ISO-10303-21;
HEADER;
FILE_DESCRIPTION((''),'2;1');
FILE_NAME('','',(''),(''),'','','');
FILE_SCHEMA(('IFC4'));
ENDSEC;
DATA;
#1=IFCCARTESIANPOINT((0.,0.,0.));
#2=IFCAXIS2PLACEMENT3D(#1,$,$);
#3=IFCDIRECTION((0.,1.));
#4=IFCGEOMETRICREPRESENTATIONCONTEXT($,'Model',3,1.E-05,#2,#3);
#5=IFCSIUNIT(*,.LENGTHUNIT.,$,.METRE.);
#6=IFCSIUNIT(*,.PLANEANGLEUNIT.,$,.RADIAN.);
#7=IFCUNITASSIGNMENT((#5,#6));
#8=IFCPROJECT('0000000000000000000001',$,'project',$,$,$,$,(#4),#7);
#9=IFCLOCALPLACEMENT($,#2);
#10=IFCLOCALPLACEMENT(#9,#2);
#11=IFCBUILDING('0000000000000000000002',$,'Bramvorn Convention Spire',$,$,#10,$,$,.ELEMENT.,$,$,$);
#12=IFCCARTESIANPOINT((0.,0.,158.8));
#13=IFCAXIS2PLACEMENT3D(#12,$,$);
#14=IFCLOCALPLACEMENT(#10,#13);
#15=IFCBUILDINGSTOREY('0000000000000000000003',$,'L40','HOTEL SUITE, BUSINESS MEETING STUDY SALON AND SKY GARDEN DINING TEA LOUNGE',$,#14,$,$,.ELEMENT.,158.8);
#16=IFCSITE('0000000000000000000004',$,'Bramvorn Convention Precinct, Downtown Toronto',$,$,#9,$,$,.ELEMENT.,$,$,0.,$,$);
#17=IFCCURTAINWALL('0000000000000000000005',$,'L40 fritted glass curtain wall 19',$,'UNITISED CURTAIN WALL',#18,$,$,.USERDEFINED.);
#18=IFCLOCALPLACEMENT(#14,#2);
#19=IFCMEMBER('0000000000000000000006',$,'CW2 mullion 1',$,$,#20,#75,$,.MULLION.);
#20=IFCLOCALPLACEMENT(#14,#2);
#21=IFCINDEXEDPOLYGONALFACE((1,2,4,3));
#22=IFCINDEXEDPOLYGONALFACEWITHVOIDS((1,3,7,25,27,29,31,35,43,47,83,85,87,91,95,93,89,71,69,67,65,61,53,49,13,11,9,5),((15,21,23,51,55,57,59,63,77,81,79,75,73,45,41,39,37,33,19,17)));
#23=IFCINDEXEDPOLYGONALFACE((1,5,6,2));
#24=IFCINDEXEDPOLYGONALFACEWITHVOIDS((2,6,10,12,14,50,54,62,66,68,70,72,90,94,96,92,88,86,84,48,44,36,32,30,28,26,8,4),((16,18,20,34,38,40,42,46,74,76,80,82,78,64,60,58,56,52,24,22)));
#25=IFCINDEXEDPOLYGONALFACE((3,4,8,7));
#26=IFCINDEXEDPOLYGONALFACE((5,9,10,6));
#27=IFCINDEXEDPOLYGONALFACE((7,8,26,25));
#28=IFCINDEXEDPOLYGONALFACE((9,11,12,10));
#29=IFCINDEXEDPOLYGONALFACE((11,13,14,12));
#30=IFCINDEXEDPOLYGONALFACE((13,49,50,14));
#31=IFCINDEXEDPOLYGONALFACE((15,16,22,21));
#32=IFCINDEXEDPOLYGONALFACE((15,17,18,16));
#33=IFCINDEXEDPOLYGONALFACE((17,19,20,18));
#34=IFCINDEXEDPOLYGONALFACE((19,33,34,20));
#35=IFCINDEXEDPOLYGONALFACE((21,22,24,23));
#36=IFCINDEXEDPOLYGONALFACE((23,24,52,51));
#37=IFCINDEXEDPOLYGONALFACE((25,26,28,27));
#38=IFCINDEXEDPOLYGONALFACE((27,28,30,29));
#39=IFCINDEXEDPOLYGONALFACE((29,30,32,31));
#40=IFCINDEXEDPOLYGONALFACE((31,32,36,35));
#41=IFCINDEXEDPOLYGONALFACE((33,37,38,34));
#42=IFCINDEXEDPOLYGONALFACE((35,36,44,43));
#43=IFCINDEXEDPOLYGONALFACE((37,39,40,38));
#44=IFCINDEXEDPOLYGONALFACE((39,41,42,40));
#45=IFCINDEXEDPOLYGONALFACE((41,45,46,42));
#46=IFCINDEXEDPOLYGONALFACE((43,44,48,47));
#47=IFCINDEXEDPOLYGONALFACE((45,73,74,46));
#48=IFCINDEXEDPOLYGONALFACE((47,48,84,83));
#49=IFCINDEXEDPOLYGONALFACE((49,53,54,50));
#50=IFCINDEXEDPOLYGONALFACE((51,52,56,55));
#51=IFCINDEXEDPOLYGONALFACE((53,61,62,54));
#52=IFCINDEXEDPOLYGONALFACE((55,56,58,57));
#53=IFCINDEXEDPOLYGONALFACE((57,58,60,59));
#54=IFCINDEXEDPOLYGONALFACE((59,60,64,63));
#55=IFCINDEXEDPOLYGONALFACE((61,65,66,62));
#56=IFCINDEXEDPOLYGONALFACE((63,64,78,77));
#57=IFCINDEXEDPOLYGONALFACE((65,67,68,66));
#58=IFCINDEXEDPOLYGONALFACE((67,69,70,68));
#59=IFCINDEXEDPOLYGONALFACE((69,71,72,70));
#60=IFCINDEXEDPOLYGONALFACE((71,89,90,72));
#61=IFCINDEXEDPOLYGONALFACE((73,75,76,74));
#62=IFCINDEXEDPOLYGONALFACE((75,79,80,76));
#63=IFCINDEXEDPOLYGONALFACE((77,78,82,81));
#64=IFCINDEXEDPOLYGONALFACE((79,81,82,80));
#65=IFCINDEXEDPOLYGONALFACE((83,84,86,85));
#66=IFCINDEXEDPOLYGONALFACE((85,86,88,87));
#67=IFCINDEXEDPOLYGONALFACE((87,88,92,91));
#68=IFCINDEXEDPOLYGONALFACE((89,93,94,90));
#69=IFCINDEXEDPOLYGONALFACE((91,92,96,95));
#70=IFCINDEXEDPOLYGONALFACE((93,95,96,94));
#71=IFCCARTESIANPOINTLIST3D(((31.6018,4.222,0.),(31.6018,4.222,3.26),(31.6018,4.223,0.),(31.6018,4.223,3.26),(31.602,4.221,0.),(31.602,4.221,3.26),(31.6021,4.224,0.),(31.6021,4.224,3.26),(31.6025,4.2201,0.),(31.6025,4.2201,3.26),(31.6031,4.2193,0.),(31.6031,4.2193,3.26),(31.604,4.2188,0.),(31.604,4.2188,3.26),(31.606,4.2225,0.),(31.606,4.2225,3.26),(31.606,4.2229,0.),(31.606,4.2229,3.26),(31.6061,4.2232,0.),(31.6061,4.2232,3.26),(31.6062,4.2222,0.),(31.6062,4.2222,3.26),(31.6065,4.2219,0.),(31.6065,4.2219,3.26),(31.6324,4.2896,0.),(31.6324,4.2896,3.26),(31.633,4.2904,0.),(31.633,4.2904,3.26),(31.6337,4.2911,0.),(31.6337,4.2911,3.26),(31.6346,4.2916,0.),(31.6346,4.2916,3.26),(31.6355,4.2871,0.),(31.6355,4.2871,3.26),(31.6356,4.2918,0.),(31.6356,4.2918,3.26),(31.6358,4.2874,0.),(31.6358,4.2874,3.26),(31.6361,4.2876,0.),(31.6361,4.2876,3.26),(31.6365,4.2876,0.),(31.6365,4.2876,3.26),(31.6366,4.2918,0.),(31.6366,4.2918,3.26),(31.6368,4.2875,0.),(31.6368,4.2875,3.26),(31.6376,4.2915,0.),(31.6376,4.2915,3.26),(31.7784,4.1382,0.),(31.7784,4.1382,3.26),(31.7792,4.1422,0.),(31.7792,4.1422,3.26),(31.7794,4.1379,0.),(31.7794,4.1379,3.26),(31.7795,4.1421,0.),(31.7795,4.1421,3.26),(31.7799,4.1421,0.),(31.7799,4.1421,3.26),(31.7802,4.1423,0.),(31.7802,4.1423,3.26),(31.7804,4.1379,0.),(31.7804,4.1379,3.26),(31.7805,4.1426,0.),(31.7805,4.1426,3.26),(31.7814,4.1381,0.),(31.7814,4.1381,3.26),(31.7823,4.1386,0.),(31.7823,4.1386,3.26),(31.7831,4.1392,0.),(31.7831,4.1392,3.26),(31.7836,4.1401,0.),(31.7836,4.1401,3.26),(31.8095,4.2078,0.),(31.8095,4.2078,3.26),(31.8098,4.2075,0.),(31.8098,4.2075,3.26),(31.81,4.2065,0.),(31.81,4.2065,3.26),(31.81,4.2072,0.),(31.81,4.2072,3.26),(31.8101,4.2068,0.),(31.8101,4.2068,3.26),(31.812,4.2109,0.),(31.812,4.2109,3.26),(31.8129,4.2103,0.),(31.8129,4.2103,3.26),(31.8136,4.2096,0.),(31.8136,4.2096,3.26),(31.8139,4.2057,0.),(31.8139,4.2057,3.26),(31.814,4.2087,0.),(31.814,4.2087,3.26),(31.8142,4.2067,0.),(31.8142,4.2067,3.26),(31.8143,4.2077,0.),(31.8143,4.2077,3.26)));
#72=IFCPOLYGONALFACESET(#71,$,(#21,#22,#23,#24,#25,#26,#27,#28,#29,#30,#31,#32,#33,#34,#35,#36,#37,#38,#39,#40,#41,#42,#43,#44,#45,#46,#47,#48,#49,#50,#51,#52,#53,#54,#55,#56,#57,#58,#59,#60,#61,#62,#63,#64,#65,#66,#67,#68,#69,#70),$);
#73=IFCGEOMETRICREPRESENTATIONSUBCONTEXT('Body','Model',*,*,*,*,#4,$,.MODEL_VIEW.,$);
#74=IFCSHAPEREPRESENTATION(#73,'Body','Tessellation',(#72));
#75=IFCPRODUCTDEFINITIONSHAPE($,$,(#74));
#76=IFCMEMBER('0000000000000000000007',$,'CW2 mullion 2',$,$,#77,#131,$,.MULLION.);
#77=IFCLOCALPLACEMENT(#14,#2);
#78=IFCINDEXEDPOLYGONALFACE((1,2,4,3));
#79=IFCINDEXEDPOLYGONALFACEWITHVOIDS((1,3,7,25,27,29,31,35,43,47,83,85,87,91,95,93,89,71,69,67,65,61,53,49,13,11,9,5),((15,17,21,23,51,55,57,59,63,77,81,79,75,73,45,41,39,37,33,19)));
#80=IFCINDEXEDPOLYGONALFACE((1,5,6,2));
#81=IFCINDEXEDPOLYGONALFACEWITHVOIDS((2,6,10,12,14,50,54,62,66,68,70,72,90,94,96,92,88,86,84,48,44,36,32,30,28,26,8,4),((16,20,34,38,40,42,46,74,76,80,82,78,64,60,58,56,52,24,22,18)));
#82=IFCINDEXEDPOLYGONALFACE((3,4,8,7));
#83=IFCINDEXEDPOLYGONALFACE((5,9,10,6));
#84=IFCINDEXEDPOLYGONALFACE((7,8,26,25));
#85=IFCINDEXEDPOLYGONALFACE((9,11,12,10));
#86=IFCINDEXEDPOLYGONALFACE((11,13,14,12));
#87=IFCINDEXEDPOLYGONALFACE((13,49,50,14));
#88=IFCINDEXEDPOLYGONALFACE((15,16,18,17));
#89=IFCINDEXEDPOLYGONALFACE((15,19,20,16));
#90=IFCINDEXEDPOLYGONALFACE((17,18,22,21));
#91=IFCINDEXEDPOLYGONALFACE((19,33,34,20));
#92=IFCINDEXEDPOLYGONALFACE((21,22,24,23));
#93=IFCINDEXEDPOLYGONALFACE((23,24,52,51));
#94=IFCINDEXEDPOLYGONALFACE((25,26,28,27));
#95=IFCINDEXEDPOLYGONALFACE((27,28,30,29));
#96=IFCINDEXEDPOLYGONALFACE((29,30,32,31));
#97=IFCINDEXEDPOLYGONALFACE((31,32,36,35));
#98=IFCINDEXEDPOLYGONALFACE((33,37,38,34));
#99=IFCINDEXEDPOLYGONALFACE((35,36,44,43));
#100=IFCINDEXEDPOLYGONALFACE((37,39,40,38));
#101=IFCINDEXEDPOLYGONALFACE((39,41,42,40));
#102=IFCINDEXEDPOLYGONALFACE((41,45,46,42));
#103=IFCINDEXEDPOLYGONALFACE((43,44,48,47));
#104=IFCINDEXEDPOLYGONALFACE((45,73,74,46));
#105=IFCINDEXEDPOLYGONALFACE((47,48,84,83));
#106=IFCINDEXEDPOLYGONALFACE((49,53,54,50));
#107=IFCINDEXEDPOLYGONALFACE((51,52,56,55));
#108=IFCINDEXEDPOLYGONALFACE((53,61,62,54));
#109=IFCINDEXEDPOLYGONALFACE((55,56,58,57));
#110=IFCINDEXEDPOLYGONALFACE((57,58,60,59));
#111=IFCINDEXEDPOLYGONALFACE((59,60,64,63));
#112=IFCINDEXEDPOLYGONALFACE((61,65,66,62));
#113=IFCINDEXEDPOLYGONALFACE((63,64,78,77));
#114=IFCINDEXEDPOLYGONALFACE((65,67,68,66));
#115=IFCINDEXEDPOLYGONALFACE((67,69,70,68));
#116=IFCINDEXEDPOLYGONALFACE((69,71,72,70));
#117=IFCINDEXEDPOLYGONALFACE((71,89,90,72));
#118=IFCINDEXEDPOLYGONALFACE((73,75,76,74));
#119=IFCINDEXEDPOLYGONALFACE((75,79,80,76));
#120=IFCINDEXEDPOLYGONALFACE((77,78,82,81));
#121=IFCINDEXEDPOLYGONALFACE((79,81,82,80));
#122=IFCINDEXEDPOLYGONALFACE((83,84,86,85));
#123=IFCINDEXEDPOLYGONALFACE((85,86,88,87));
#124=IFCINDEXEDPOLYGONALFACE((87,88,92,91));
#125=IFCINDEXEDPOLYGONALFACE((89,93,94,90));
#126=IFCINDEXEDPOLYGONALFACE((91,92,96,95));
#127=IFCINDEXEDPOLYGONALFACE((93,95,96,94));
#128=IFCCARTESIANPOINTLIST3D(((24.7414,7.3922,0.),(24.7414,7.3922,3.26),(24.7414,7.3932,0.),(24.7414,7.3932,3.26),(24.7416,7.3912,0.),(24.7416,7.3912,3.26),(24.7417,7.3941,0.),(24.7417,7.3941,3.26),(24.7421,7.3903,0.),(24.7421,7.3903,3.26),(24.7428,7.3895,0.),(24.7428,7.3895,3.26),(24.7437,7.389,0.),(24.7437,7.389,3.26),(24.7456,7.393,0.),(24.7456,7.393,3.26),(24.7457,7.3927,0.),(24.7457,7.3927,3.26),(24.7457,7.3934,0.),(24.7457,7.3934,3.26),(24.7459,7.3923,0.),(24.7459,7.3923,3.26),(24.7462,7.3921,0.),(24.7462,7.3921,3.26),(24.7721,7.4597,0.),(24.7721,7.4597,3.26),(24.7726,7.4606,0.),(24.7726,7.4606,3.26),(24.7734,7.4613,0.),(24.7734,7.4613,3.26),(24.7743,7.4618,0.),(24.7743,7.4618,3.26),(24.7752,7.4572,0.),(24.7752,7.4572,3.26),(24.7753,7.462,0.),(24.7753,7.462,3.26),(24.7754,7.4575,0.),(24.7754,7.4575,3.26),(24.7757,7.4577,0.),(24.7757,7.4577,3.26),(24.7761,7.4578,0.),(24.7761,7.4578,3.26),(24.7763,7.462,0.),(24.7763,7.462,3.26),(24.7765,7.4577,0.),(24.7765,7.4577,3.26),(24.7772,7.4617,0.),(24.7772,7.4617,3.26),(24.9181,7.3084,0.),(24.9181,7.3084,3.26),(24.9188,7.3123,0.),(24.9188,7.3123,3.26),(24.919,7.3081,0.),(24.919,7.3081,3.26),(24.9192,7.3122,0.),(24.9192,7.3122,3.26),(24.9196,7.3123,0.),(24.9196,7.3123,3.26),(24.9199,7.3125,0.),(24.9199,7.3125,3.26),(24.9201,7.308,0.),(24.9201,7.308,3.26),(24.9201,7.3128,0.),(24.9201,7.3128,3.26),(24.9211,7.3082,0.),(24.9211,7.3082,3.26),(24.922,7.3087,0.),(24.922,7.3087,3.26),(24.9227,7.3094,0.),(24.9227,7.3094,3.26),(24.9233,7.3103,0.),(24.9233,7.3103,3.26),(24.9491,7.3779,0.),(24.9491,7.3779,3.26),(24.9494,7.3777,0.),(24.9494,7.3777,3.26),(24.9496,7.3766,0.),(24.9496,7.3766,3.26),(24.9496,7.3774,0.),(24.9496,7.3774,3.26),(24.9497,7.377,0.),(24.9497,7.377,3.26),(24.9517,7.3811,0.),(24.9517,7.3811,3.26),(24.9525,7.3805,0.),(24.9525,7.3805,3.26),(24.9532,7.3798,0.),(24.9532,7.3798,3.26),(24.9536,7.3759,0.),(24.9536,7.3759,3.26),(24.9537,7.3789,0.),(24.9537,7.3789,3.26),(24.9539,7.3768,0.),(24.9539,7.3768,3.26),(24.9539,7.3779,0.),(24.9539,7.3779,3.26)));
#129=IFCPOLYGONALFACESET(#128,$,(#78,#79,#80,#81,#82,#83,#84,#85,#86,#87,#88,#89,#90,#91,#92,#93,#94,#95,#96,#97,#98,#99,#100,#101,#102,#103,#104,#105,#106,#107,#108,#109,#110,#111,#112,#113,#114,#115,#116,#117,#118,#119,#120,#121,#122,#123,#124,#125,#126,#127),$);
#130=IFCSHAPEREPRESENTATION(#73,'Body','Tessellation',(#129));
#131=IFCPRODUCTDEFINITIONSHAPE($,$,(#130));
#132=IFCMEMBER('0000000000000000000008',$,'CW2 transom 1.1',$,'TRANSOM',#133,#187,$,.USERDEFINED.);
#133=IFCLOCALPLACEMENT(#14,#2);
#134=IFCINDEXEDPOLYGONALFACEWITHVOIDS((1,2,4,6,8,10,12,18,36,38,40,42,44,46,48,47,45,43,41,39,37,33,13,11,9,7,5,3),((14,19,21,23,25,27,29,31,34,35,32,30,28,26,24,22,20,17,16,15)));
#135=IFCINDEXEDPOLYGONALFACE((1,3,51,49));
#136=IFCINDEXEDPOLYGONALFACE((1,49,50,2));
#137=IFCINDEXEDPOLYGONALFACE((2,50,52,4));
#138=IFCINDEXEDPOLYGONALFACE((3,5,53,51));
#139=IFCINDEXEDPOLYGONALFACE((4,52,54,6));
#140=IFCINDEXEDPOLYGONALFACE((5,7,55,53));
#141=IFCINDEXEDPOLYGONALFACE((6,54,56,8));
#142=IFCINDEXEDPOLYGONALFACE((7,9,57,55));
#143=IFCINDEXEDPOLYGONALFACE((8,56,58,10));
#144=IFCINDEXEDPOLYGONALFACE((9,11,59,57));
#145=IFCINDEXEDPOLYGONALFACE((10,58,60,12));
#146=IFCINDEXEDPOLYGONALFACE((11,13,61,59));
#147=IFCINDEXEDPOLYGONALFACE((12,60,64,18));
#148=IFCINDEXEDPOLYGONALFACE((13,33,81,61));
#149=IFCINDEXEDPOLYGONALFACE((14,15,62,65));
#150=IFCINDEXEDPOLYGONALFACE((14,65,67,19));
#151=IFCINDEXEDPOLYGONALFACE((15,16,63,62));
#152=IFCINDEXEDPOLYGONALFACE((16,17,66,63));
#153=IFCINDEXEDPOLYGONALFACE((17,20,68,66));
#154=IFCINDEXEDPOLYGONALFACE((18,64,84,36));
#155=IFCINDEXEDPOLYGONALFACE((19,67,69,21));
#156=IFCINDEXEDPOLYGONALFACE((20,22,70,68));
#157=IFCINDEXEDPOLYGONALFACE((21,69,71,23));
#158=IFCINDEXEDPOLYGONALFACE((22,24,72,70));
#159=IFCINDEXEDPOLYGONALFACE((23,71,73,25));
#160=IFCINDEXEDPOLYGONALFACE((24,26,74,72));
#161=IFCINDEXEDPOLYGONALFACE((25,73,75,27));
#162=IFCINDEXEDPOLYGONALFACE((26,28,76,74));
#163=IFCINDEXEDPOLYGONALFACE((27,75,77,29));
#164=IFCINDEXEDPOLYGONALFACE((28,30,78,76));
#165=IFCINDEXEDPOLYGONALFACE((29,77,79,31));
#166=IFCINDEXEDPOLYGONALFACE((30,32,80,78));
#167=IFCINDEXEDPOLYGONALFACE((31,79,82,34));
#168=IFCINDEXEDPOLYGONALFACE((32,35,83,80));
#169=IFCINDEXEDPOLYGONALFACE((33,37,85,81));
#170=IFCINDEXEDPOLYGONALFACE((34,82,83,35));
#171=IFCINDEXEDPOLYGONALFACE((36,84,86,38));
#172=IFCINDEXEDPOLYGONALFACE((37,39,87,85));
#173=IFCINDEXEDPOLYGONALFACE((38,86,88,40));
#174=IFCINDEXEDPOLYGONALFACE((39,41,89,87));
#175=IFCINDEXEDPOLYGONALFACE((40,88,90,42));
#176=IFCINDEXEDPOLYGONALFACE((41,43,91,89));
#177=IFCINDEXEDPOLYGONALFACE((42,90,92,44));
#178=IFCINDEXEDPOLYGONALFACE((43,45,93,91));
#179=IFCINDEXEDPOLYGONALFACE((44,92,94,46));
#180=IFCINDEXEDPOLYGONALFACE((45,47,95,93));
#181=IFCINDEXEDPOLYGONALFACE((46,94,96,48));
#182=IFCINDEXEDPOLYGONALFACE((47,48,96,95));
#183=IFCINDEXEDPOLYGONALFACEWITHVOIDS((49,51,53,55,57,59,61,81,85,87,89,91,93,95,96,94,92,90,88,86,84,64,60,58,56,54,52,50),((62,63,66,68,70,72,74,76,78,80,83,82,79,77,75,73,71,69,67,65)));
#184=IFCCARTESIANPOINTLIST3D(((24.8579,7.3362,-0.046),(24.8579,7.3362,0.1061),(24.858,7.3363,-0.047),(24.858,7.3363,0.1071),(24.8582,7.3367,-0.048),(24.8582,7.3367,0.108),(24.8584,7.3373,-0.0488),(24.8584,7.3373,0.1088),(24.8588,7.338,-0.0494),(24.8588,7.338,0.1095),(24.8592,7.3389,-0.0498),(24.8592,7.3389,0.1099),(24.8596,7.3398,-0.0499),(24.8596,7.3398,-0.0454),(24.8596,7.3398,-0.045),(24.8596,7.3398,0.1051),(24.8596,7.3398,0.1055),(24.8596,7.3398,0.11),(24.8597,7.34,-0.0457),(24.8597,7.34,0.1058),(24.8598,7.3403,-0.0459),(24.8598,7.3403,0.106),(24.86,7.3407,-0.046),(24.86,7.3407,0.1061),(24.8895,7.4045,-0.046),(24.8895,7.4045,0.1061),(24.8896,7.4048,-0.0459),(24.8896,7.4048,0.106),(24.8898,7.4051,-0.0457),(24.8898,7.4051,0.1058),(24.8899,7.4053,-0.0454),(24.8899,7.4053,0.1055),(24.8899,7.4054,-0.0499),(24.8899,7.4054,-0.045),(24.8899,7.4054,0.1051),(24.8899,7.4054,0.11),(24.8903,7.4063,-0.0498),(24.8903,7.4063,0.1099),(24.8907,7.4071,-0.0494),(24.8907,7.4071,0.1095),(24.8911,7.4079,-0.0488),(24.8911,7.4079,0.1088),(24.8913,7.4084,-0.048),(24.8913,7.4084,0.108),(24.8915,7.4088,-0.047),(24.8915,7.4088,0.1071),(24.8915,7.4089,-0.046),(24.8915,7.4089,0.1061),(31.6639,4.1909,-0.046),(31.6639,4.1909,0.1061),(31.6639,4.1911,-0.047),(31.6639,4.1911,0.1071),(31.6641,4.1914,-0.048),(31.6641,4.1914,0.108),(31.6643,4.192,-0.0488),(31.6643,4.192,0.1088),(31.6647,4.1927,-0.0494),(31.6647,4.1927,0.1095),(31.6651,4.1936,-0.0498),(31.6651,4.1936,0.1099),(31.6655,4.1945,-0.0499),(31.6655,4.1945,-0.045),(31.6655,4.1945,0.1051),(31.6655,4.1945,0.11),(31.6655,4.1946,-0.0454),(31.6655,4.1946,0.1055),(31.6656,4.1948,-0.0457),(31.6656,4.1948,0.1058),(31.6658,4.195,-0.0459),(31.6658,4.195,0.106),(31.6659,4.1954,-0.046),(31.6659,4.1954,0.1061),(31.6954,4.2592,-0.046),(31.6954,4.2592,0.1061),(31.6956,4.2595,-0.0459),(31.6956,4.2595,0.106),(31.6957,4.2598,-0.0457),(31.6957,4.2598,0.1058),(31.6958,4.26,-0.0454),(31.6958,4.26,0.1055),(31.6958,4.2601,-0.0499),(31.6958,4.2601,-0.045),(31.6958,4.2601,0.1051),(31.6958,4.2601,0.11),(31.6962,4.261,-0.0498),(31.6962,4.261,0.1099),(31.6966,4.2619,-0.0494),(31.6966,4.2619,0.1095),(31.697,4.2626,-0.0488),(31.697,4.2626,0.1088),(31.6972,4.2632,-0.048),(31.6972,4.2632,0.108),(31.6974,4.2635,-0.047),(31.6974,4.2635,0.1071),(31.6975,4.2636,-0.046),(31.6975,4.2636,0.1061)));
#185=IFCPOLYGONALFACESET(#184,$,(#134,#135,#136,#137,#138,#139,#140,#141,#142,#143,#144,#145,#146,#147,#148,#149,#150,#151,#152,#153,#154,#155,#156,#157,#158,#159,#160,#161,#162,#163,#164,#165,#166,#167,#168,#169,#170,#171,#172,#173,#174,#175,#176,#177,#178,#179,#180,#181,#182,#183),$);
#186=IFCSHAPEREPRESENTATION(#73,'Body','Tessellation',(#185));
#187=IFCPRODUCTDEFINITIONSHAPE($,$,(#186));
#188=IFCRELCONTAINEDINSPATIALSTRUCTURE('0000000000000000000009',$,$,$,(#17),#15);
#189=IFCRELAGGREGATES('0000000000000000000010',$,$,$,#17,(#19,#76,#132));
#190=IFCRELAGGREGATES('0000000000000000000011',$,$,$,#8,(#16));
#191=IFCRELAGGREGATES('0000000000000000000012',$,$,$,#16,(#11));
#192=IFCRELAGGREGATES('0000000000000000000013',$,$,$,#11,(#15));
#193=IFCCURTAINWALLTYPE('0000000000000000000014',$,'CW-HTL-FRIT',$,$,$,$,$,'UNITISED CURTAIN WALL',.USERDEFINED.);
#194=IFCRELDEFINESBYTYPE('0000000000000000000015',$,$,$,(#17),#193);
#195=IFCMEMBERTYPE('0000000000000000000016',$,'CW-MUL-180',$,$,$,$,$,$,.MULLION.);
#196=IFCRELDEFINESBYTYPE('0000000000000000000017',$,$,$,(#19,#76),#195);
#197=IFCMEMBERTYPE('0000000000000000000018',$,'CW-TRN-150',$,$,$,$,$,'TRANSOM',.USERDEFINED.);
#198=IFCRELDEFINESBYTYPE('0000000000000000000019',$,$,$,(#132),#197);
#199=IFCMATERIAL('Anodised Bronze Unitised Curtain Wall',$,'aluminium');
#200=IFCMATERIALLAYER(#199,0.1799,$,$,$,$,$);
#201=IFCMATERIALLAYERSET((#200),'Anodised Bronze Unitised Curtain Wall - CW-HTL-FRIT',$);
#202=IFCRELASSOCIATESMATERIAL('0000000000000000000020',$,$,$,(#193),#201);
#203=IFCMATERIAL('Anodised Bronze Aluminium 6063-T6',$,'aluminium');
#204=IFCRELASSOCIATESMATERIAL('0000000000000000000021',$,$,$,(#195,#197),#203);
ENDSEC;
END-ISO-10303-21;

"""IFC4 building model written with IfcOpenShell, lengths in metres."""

from ifc_helpers import new_model, si_unit, direction, frame, origin, origin_2d, place, context, subcontext, project, spatial, hollow_rectangle, extrude, material, layer, layer_set, material_profile, profile_set, type_object, element, aggregate, save


model = new_model("IFC4")

# Units and contexts
model_context = context("Model", 3, precision=1e-05, world=origin(), true_north=direction((0.0, 1.0)))
body_context = subcontext(model_context, "Body", "Model", "MODEL_VIEW")
ifc_project = project(units=[si_unit("LENGTHUNIT", "METRE"), si_unit("PLANEANGLEUNIT", "RADIAN")], contexts=[model_context])

# Site, building, storey
site_placement = place(None, origin())
site = spatial("IfcSite", under=ifc_project, at=site_placement, Name="Bramvorn Convention Precinct, Downtown Toronto", CompositionType="ELEMENT", RefElevation=0.0)
building_placement = place(site_placement, origin())
building = spatial("IfcBuilding", under=site, at=building_placement, Name="Bramvorn Convention Spire", CompositionType="ELEMENT")
storey_placement = place(building_placement, frame((0.0, 0.0, 158.8)))
storey = spatial("IfcBuildingStorey", under=building, at=storey_placement, Name="L40", Description="HOTEL SUITE, BUSINESS MEETING STUDY SALON AND SKY GARDEN DINING TEA LOUNGE", CompositionType="ELEMENT", Elevation=158.8)

# Curtain wall, members
ifc_material_1 = material(Name="Anodised Bronze Unitised Curtain Wall", Category="aluminium")
ifc_layer_1 = layer(ifc_material_1, 0.1799)
ifc_layer_set_1 = layer_set([ifc_layer_1], Name="Anodised Bronze Unitised Curtain Wall - CW-HTL-FRIT")
curtain_wall_type = type_object("IfcCurtainWallType", Name="CW-HTL-FRIT", ElementType="UNITISED CURTAIN WALL", PredefinedType="USERDEFINED", material=ifc_layer_set_1)
curtain_wall_placement = place(storey_placement, origin())
curtain_wall = element("IfcCurtainWall", 1, at=curtain_wall_placement, inside=storey, type_object=curtain_wall_type, Name="L40 fritted glass curtain wall 19", ObjectType="UNITISED CURTAIN WALL", PredefinedType="USERDEFINED")
ifc_material_2 = material(Name="Anodised Bronze Aluminium 6063-T6", Category="aluminium")
ifc_material_profile_1 = material_profile(ifc_material_2, hollow_rectangle(XDim=0.0801, YDim=0.2, WallThickness=0.0039, InnerFilletRadius=0.001, OuterFilletRadius=0.0039, at=origin_2d()))
ifc_profile_set_1 = profile_set([ifc_material_profile_1], Name="Anodised Bronze Aluminium 6063-T6 - CWM80X200")
member_type_1 = type_object("IfcMemberType", Name="CW-MUL-180", PredefinedType="MULLION", material=ifc_profile_set_1)
member_1_placement = place(storey_placement, frame((31.708, 4.2148, 0.0), z_axis=(0.0, 0.0, 1.0), x_axis=(-0.419497, -0.907757, 0.0)))
member_1 = element("IfcMember", 2, at=member_1_placement, type_object=member_type_1, Name="CW2 mullion 1", PredefinedType="MULLION", context=body_context, shape_type="SweptSolid", body=[
    extrude(hollow_rectangle(XDim=0.0801, YDim=0.2, WallThickness=0.0039, InnerFilletRadius=0.001, OuterFilletRadius=0.0039, at=origin_2d()), origin(), (0.0, 0.0, 1.0), 3.26),
])
member_2_placement = place(storey_placement, frame((24.8477, 7.385, 0.0), z_axis=(0.0, 0.0, 1.0), x_axis=(-0.419497, -0.907757, 0.0)))
member_2 = element("IfcMember", 3, at=member_2_placement, type_object=member_type_1, Name="CW2 mullion 2", PredefinedType="MULLION", context=body_context, shape_type="SweptSolid", body=[
    extrude(hollow_rectangle(XDim=0.0801, YDim=0.2, WallThickness=0.0039, InnerFilletRadius=0.001, OuterFilletRadius=0.0039, at=origin_2d()), origin(), (0.0, 0.0, 1.0), 3.26),
])
ifc_material_profile_2 = material_profile(ifc_material_2, hollow_rectangle(XDim=0.0801, YDim=0.1599, WallThickness=0.0039, InnerFilletRadius=0.001, OuterFilletRadius=0.0039, at=origin_2d()))
ifc_profile_set_2 = profile_set([ifc_material_profile_2], Name="Anodised Bronze Aluminium 6063-T6 - CWT80X160")
member_type_2 = type_object("IfcMemberType", Name="CW-TRN-150", ElementType="TRANSOM", PredefinedType="USERDEFINED", material=ifc_profile_set_2)
member_3_placement = place(storey_placement, frame((31.6807, 4.2273, 0.03), z_axis=(-0.907752, 0.419506, 0.0), x_axis=(-0.419506, -0.907752, 0.0)))
member_3 = element("IfcMember", 4, at=member_3_placement, type_object=member_type_2, Name="CW2 transom 1.1", ObjectType="TRANSOM", PredefinedType="USERDEFINED", context=body_context, shape_type="SweptSolid", body=[
    extrude(hollow_rectangle(XDim=0.0801, YDim=0.1599, WallThickness=0.0039, InnerFilletRadius=0.001, OuterFilletRadius=0.0039, at=origin_2d()), origin(), (0.0, 0.0, 1.0), 7.4976),
])
aggregate(curtain_wall, [member_1, member_2, member_3])

save(model, "model.ifc")
